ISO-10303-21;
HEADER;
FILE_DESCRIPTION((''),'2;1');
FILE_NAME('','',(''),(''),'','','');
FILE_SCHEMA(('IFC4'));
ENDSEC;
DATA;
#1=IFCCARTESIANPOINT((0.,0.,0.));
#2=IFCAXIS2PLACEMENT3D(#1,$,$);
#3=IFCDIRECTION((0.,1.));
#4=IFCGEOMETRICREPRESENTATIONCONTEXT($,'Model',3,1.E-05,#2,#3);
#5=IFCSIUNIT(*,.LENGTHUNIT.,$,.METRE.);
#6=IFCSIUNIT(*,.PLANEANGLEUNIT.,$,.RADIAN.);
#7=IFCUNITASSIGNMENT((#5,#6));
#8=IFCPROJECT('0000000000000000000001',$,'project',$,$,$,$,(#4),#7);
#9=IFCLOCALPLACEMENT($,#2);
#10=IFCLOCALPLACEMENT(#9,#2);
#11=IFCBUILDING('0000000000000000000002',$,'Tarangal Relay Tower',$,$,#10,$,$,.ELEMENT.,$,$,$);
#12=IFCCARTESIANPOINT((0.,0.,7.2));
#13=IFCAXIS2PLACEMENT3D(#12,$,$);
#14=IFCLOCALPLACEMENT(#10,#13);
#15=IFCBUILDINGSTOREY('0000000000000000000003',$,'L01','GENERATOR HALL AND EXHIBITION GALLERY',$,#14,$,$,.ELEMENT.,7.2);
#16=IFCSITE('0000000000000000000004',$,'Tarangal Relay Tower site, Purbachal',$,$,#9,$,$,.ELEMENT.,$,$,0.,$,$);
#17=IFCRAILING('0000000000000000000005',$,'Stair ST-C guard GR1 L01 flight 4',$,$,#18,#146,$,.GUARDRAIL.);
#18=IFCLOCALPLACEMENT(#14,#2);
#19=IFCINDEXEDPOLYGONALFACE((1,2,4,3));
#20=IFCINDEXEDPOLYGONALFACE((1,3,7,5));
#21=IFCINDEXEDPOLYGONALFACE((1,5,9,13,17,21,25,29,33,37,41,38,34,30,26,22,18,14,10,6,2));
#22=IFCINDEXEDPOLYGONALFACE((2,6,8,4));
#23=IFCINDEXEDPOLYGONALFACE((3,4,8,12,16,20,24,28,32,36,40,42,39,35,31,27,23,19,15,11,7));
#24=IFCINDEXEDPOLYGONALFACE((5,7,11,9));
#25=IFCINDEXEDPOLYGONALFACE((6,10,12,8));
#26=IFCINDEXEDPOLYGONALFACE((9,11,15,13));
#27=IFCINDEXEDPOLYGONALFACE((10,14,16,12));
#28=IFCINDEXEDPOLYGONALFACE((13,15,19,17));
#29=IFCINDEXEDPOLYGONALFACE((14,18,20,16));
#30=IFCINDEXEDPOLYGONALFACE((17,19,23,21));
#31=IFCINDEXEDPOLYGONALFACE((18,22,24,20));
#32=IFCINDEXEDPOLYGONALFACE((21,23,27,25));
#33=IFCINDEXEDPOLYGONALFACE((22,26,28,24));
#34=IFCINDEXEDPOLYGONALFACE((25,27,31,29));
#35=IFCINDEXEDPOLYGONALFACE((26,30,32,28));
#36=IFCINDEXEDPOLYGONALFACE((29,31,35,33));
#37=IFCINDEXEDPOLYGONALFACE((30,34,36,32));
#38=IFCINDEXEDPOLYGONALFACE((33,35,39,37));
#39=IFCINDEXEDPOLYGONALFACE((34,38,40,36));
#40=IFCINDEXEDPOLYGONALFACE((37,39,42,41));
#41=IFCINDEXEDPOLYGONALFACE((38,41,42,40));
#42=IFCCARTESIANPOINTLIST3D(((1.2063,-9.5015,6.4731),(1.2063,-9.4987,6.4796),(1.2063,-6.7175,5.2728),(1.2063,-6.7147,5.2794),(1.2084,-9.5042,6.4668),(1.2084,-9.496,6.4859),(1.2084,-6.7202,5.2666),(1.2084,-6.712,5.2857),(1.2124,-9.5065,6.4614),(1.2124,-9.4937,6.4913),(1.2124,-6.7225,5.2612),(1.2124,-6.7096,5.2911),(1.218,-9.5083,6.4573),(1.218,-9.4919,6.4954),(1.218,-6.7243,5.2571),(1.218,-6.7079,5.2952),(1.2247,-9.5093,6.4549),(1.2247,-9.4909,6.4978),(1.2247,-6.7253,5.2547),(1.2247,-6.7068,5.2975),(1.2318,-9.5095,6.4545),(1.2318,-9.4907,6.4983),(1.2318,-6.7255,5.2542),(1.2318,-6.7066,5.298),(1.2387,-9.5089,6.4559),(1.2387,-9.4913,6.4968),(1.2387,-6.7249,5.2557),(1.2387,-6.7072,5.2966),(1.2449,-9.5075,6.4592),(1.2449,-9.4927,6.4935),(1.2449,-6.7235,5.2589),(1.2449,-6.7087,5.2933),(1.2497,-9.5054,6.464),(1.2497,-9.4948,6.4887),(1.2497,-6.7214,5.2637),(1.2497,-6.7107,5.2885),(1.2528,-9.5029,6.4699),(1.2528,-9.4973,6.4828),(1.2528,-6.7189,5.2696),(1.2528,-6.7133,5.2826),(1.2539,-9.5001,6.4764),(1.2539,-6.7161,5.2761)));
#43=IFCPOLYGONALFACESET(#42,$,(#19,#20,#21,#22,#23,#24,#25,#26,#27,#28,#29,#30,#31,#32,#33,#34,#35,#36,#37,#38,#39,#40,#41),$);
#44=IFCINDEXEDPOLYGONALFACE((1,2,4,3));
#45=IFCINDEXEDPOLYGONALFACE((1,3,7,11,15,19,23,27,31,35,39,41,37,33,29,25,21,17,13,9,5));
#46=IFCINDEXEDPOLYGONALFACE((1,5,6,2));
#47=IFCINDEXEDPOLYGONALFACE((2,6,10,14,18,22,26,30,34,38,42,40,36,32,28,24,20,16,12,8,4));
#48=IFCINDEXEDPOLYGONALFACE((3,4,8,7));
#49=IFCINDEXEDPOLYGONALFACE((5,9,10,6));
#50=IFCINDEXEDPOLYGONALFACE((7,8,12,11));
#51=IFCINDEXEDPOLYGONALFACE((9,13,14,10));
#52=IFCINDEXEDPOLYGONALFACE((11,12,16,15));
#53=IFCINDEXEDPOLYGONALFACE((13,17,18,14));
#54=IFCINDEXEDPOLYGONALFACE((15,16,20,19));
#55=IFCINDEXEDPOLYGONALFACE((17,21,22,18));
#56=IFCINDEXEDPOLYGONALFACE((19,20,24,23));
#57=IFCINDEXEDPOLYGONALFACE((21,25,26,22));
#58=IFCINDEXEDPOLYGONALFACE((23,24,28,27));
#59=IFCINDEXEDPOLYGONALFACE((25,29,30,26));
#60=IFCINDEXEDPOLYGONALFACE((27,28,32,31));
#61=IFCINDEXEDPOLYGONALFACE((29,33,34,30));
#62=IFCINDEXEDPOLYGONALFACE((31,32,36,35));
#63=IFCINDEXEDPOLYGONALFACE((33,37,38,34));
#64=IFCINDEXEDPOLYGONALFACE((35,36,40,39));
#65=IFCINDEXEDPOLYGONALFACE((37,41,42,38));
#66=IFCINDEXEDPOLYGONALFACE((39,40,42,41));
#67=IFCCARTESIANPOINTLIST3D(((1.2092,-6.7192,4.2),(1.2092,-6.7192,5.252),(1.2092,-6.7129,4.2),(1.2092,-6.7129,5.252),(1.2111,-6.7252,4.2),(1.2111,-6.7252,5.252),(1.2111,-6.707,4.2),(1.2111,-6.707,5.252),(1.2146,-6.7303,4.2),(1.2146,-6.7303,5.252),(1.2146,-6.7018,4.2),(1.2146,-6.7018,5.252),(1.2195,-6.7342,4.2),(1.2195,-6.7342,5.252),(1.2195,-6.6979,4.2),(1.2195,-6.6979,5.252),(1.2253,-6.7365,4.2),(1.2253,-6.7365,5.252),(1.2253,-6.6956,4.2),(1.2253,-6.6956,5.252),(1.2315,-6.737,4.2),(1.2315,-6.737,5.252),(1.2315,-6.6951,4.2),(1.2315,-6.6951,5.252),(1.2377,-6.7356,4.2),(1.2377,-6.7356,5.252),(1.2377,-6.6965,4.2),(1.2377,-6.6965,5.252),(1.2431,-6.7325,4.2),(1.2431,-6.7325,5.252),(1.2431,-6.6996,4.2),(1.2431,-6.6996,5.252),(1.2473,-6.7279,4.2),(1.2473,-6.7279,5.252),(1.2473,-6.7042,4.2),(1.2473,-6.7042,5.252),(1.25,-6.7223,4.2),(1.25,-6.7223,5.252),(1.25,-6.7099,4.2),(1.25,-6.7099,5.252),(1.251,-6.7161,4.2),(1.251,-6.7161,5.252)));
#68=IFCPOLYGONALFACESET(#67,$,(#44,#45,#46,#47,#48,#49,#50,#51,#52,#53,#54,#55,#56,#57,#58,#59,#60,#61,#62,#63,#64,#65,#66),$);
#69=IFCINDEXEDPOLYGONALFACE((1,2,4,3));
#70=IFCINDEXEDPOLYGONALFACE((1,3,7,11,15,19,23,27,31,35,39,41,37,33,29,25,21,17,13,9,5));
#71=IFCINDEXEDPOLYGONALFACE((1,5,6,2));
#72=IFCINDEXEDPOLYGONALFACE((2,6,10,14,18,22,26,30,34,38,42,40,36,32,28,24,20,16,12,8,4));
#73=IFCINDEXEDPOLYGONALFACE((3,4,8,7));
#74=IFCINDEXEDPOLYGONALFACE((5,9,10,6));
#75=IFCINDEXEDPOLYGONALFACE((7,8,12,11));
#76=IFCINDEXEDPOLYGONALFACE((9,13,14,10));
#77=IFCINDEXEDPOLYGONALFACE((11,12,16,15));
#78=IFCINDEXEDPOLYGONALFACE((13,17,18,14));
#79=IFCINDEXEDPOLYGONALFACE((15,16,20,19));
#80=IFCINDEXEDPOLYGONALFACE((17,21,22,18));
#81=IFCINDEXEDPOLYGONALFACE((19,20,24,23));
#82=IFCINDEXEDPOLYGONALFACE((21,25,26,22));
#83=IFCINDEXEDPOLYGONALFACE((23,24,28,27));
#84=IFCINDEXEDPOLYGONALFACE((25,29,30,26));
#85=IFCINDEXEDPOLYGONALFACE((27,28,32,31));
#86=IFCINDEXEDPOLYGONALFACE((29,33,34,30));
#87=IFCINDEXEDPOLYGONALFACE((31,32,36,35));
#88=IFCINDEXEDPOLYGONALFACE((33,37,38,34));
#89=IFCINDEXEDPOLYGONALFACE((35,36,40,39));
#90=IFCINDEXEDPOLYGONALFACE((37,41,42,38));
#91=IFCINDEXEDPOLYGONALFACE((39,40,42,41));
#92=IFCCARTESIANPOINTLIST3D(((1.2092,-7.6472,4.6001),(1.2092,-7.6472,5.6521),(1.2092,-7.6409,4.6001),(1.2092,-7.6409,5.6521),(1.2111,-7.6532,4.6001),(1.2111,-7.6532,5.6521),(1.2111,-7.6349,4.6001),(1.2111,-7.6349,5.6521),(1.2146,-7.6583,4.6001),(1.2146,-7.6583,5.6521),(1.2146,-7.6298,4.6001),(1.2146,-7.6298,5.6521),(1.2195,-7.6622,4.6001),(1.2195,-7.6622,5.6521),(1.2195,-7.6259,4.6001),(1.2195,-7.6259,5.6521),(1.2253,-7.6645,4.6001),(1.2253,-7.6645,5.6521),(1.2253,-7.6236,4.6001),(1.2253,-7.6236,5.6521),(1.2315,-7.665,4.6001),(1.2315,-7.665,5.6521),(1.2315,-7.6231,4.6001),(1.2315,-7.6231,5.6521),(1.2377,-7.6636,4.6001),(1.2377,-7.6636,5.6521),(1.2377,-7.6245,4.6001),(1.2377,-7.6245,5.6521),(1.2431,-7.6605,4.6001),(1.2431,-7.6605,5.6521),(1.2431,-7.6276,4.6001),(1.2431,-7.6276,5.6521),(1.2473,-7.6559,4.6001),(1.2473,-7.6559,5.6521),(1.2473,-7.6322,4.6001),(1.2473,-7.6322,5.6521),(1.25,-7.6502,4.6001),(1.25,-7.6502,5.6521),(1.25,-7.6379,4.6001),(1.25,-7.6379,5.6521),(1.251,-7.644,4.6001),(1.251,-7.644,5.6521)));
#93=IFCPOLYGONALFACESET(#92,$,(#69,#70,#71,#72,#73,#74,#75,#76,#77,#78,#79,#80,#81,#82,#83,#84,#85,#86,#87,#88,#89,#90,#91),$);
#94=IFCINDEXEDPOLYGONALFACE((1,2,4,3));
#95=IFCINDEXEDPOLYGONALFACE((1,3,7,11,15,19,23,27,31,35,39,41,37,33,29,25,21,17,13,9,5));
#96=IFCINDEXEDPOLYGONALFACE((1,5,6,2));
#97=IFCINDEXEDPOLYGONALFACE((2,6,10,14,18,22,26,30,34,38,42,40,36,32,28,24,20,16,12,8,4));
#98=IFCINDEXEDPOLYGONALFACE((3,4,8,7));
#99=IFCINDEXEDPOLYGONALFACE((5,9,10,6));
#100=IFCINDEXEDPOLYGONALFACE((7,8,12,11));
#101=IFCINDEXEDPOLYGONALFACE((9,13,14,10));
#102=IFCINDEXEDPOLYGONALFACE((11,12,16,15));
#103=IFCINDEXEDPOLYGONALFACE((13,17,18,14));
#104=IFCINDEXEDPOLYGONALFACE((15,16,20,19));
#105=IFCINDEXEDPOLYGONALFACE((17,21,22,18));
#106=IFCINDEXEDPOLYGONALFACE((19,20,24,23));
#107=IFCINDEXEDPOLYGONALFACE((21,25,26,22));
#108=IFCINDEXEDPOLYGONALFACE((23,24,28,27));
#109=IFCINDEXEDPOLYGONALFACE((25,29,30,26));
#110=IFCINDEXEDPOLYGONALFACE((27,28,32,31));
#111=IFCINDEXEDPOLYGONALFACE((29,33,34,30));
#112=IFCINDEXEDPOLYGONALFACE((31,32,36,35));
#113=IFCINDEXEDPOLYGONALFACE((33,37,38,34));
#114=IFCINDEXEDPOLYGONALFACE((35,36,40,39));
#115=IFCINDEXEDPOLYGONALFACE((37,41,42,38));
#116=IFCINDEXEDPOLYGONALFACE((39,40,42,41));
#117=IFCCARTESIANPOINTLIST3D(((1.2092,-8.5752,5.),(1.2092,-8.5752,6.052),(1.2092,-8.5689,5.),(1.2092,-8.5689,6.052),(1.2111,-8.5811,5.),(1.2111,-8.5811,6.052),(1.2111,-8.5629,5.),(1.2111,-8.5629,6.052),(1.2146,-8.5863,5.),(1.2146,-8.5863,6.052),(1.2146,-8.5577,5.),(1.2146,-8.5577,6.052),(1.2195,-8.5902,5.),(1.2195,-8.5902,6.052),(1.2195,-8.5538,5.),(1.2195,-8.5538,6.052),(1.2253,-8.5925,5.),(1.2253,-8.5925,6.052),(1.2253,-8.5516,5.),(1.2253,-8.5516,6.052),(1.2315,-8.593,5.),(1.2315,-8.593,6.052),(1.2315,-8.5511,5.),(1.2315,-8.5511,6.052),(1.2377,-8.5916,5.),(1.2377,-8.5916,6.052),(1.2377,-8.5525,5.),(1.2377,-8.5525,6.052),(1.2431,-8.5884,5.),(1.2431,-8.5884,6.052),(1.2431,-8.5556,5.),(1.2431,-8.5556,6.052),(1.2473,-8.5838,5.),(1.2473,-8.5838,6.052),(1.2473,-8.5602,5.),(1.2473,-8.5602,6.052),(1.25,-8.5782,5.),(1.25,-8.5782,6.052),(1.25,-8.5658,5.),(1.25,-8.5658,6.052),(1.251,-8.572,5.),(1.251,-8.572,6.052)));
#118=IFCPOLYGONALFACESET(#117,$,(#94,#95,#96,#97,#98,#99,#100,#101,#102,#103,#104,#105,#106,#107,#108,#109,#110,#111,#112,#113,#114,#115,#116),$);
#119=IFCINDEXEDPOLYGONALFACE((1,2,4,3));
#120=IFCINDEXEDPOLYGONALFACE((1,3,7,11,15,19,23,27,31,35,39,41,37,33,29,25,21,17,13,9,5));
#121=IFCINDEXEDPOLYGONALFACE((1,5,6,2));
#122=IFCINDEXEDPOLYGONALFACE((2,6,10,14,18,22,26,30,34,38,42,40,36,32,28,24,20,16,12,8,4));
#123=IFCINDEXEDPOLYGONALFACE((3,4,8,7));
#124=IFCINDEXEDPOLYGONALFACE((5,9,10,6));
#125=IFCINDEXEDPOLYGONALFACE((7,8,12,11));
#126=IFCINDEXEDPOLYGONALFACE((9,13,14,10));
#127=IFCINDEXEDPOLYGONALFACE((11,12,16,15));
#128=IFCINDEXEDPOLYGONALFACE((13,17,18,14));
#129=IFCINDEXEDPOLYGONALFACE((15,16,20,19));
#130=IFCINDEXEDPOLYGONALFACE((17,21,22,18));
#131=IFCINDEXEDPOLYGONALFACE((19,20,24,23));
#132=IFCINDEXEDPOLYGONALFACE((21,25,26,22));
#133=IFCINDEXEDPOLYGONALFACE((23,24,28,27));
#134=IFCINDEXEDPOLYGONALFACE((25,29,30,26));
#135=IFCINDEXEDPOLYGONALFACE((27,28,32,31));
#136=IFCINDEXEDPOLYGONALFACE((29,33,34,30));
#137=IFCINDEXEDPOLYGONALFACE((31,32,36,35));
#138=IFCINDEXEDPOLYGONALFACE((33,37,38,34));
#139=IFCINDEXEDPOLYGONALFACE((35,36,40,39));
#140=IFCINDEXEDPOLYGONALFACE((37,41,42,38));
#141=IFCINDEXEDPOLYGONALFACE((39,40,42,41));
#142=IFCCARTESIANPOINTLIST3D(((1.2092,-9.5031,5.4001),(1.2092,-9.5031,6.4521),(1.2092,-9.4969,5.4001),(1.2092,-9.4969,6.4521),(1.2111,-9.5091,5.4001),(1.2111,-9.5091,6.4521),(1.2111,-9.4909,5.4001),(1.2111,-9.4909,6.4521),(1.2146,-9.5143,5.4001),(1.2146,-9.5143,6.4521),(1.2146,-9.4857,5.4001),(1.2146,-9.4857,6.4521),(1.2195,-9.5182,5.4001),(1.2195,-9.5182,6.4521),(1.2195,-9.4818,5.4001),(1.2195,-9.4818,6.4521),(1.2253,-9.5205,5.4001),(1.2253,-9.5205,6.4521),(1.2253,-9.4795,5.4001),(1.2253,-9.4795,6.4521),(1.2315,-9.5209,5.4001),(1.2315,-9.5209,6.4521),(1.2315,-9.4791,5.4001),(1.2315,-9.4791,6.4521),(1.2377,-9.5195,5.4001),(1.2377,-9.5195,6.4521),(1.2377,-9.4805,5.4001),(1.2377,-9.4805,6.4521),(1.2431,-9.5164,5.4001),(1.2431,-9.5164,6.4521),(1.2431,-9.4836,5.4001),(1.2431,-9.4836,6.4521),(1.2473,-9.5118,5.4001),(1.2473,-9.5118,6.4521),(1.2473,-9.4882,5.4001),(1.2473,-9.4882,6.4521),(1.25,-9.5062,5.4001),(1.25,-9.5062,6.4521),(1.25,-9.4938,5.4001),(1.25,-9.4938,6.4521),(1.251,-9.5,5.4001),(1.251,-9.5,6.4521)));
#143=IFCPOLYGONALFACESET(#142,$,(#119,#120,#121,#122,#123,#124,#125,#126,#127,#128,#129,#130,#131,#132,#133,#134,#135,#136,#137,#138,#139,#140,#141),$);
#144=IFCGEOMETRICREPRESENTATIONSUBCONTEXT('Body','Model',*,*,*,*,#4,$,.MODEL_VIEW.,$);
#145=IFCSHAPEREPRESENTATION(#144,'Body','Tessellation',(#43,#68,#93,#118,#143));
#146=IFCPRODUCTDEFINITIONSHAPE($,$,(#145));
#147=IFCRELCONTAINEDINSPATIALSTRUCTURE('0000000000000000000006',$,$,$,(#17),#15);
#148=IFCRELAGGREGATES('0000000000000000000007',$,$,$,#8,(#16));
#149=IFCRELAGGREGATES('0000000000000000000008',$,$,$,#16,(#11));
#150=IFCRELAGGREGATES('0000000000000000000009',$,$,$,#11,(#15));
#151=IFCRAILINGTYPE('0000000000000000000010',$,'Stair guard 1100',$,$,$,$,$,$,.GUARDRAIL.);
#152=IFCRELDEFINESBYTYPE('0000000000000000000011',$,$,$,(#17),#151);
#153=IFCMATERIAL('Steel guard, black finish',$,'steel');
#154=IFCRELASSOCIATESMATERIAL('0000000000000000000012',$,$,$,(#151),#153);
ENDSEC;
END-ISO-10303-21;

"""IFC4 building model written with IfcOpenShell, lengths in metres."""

from ifc_helpers import new_model, si_unit, direction, frame, origin, origin_2d, place, context, subcontext, project, spatial, circle, extrude, material, type_object, element, save


model = new_model("IFC4")

# Units and contexts
model_context = context("Model", 3, precision=1e-05, world=origin(), true_north=direction((0.0, 1.0)))
body_context = subcontext(model_context, "Body", "Model", "MODEL_VIEW")
ifc_project = project(units=[si_unit("LENGTHUNIT", "METRE"), si_unit("PLANEANGLEUNIT", "RADIAN")], contexts=[model_context])

# Site, building, storey
site_placement = place(None, origin())
site = spatial("IfcSite", under=ifc_project, at=site_placement, Name="Tarangal Relay Tower site, Purbachal", CompositionType="ELEMENT", RefElevation=0.0)
building_placement = place(site_placement, origin())
building = spatial("IfcBuilding", under=site, at=building_placement, Name="Tarangal Relay Tower", CompositionType="ELEMENT")
storey_placement = place(building_placement, frame((0.0, 0.0, 7.2)))
storey = spatial("IfcBuildingStorey", under=building, at=storey_placement, Name="L01", Description="GENERATOR HALL AND EXHIBITION GALLERY", CompositionType="ELEMENT", Elevation=7.2)

# Railing
ifc_material_1 = material(Name="Steel guard, black finish", Category="steel")
railing_type_1 = type_object("IfcRailingType", Name="Stair guard 1100", PredefinedType="GUARDRAIL", material=ifc_material_1)
railing_1_placement = place(storey_placement, frame((1.23, -6.7161, 4.2)))
element("IfcRailing", 1, at=railing_1_placement, inside=storey, type_object=railing_type_1, Name="Stair ST-C guard GR1 L01 flight 4", PredefinedType="GUARDRAIL", context=body_context, shape_type="SweptSolid", body=[
    extrude(circle(Radius=0.0239, at=origin_2d()), frame((0.0, 0.0, 1.0762), z_axis=(0.0, -0.918297, 0.395891), x_axis=(1.0, 0.0, 0.0)), (0.0, 0.0, 1.0), 3.0317),
    extrude(circle(Radius=0.021, at=origin_2d()), origin(), (0.0, 0.0, 1.0), 1.052),
    extrude(circle(Radius=0.021, at=origin_2d()), frame((0.0, -0.928, 0.4001)), (0.0, 0.0, 1.0), 1.052),
    extrude(circle(Radius=0.021, at=origin_2d()), frame((0.0, -1.856, 0.8)), (0.0, 0.0, 1.0), 1.052),
    extrude(circle(Radius=0.021, at=origin_2d()), frame((0.0, -2.7839, 1.2002)), (0.0, 0.0, 1.0), 1.052),
])

save(model, "model.ifc")
